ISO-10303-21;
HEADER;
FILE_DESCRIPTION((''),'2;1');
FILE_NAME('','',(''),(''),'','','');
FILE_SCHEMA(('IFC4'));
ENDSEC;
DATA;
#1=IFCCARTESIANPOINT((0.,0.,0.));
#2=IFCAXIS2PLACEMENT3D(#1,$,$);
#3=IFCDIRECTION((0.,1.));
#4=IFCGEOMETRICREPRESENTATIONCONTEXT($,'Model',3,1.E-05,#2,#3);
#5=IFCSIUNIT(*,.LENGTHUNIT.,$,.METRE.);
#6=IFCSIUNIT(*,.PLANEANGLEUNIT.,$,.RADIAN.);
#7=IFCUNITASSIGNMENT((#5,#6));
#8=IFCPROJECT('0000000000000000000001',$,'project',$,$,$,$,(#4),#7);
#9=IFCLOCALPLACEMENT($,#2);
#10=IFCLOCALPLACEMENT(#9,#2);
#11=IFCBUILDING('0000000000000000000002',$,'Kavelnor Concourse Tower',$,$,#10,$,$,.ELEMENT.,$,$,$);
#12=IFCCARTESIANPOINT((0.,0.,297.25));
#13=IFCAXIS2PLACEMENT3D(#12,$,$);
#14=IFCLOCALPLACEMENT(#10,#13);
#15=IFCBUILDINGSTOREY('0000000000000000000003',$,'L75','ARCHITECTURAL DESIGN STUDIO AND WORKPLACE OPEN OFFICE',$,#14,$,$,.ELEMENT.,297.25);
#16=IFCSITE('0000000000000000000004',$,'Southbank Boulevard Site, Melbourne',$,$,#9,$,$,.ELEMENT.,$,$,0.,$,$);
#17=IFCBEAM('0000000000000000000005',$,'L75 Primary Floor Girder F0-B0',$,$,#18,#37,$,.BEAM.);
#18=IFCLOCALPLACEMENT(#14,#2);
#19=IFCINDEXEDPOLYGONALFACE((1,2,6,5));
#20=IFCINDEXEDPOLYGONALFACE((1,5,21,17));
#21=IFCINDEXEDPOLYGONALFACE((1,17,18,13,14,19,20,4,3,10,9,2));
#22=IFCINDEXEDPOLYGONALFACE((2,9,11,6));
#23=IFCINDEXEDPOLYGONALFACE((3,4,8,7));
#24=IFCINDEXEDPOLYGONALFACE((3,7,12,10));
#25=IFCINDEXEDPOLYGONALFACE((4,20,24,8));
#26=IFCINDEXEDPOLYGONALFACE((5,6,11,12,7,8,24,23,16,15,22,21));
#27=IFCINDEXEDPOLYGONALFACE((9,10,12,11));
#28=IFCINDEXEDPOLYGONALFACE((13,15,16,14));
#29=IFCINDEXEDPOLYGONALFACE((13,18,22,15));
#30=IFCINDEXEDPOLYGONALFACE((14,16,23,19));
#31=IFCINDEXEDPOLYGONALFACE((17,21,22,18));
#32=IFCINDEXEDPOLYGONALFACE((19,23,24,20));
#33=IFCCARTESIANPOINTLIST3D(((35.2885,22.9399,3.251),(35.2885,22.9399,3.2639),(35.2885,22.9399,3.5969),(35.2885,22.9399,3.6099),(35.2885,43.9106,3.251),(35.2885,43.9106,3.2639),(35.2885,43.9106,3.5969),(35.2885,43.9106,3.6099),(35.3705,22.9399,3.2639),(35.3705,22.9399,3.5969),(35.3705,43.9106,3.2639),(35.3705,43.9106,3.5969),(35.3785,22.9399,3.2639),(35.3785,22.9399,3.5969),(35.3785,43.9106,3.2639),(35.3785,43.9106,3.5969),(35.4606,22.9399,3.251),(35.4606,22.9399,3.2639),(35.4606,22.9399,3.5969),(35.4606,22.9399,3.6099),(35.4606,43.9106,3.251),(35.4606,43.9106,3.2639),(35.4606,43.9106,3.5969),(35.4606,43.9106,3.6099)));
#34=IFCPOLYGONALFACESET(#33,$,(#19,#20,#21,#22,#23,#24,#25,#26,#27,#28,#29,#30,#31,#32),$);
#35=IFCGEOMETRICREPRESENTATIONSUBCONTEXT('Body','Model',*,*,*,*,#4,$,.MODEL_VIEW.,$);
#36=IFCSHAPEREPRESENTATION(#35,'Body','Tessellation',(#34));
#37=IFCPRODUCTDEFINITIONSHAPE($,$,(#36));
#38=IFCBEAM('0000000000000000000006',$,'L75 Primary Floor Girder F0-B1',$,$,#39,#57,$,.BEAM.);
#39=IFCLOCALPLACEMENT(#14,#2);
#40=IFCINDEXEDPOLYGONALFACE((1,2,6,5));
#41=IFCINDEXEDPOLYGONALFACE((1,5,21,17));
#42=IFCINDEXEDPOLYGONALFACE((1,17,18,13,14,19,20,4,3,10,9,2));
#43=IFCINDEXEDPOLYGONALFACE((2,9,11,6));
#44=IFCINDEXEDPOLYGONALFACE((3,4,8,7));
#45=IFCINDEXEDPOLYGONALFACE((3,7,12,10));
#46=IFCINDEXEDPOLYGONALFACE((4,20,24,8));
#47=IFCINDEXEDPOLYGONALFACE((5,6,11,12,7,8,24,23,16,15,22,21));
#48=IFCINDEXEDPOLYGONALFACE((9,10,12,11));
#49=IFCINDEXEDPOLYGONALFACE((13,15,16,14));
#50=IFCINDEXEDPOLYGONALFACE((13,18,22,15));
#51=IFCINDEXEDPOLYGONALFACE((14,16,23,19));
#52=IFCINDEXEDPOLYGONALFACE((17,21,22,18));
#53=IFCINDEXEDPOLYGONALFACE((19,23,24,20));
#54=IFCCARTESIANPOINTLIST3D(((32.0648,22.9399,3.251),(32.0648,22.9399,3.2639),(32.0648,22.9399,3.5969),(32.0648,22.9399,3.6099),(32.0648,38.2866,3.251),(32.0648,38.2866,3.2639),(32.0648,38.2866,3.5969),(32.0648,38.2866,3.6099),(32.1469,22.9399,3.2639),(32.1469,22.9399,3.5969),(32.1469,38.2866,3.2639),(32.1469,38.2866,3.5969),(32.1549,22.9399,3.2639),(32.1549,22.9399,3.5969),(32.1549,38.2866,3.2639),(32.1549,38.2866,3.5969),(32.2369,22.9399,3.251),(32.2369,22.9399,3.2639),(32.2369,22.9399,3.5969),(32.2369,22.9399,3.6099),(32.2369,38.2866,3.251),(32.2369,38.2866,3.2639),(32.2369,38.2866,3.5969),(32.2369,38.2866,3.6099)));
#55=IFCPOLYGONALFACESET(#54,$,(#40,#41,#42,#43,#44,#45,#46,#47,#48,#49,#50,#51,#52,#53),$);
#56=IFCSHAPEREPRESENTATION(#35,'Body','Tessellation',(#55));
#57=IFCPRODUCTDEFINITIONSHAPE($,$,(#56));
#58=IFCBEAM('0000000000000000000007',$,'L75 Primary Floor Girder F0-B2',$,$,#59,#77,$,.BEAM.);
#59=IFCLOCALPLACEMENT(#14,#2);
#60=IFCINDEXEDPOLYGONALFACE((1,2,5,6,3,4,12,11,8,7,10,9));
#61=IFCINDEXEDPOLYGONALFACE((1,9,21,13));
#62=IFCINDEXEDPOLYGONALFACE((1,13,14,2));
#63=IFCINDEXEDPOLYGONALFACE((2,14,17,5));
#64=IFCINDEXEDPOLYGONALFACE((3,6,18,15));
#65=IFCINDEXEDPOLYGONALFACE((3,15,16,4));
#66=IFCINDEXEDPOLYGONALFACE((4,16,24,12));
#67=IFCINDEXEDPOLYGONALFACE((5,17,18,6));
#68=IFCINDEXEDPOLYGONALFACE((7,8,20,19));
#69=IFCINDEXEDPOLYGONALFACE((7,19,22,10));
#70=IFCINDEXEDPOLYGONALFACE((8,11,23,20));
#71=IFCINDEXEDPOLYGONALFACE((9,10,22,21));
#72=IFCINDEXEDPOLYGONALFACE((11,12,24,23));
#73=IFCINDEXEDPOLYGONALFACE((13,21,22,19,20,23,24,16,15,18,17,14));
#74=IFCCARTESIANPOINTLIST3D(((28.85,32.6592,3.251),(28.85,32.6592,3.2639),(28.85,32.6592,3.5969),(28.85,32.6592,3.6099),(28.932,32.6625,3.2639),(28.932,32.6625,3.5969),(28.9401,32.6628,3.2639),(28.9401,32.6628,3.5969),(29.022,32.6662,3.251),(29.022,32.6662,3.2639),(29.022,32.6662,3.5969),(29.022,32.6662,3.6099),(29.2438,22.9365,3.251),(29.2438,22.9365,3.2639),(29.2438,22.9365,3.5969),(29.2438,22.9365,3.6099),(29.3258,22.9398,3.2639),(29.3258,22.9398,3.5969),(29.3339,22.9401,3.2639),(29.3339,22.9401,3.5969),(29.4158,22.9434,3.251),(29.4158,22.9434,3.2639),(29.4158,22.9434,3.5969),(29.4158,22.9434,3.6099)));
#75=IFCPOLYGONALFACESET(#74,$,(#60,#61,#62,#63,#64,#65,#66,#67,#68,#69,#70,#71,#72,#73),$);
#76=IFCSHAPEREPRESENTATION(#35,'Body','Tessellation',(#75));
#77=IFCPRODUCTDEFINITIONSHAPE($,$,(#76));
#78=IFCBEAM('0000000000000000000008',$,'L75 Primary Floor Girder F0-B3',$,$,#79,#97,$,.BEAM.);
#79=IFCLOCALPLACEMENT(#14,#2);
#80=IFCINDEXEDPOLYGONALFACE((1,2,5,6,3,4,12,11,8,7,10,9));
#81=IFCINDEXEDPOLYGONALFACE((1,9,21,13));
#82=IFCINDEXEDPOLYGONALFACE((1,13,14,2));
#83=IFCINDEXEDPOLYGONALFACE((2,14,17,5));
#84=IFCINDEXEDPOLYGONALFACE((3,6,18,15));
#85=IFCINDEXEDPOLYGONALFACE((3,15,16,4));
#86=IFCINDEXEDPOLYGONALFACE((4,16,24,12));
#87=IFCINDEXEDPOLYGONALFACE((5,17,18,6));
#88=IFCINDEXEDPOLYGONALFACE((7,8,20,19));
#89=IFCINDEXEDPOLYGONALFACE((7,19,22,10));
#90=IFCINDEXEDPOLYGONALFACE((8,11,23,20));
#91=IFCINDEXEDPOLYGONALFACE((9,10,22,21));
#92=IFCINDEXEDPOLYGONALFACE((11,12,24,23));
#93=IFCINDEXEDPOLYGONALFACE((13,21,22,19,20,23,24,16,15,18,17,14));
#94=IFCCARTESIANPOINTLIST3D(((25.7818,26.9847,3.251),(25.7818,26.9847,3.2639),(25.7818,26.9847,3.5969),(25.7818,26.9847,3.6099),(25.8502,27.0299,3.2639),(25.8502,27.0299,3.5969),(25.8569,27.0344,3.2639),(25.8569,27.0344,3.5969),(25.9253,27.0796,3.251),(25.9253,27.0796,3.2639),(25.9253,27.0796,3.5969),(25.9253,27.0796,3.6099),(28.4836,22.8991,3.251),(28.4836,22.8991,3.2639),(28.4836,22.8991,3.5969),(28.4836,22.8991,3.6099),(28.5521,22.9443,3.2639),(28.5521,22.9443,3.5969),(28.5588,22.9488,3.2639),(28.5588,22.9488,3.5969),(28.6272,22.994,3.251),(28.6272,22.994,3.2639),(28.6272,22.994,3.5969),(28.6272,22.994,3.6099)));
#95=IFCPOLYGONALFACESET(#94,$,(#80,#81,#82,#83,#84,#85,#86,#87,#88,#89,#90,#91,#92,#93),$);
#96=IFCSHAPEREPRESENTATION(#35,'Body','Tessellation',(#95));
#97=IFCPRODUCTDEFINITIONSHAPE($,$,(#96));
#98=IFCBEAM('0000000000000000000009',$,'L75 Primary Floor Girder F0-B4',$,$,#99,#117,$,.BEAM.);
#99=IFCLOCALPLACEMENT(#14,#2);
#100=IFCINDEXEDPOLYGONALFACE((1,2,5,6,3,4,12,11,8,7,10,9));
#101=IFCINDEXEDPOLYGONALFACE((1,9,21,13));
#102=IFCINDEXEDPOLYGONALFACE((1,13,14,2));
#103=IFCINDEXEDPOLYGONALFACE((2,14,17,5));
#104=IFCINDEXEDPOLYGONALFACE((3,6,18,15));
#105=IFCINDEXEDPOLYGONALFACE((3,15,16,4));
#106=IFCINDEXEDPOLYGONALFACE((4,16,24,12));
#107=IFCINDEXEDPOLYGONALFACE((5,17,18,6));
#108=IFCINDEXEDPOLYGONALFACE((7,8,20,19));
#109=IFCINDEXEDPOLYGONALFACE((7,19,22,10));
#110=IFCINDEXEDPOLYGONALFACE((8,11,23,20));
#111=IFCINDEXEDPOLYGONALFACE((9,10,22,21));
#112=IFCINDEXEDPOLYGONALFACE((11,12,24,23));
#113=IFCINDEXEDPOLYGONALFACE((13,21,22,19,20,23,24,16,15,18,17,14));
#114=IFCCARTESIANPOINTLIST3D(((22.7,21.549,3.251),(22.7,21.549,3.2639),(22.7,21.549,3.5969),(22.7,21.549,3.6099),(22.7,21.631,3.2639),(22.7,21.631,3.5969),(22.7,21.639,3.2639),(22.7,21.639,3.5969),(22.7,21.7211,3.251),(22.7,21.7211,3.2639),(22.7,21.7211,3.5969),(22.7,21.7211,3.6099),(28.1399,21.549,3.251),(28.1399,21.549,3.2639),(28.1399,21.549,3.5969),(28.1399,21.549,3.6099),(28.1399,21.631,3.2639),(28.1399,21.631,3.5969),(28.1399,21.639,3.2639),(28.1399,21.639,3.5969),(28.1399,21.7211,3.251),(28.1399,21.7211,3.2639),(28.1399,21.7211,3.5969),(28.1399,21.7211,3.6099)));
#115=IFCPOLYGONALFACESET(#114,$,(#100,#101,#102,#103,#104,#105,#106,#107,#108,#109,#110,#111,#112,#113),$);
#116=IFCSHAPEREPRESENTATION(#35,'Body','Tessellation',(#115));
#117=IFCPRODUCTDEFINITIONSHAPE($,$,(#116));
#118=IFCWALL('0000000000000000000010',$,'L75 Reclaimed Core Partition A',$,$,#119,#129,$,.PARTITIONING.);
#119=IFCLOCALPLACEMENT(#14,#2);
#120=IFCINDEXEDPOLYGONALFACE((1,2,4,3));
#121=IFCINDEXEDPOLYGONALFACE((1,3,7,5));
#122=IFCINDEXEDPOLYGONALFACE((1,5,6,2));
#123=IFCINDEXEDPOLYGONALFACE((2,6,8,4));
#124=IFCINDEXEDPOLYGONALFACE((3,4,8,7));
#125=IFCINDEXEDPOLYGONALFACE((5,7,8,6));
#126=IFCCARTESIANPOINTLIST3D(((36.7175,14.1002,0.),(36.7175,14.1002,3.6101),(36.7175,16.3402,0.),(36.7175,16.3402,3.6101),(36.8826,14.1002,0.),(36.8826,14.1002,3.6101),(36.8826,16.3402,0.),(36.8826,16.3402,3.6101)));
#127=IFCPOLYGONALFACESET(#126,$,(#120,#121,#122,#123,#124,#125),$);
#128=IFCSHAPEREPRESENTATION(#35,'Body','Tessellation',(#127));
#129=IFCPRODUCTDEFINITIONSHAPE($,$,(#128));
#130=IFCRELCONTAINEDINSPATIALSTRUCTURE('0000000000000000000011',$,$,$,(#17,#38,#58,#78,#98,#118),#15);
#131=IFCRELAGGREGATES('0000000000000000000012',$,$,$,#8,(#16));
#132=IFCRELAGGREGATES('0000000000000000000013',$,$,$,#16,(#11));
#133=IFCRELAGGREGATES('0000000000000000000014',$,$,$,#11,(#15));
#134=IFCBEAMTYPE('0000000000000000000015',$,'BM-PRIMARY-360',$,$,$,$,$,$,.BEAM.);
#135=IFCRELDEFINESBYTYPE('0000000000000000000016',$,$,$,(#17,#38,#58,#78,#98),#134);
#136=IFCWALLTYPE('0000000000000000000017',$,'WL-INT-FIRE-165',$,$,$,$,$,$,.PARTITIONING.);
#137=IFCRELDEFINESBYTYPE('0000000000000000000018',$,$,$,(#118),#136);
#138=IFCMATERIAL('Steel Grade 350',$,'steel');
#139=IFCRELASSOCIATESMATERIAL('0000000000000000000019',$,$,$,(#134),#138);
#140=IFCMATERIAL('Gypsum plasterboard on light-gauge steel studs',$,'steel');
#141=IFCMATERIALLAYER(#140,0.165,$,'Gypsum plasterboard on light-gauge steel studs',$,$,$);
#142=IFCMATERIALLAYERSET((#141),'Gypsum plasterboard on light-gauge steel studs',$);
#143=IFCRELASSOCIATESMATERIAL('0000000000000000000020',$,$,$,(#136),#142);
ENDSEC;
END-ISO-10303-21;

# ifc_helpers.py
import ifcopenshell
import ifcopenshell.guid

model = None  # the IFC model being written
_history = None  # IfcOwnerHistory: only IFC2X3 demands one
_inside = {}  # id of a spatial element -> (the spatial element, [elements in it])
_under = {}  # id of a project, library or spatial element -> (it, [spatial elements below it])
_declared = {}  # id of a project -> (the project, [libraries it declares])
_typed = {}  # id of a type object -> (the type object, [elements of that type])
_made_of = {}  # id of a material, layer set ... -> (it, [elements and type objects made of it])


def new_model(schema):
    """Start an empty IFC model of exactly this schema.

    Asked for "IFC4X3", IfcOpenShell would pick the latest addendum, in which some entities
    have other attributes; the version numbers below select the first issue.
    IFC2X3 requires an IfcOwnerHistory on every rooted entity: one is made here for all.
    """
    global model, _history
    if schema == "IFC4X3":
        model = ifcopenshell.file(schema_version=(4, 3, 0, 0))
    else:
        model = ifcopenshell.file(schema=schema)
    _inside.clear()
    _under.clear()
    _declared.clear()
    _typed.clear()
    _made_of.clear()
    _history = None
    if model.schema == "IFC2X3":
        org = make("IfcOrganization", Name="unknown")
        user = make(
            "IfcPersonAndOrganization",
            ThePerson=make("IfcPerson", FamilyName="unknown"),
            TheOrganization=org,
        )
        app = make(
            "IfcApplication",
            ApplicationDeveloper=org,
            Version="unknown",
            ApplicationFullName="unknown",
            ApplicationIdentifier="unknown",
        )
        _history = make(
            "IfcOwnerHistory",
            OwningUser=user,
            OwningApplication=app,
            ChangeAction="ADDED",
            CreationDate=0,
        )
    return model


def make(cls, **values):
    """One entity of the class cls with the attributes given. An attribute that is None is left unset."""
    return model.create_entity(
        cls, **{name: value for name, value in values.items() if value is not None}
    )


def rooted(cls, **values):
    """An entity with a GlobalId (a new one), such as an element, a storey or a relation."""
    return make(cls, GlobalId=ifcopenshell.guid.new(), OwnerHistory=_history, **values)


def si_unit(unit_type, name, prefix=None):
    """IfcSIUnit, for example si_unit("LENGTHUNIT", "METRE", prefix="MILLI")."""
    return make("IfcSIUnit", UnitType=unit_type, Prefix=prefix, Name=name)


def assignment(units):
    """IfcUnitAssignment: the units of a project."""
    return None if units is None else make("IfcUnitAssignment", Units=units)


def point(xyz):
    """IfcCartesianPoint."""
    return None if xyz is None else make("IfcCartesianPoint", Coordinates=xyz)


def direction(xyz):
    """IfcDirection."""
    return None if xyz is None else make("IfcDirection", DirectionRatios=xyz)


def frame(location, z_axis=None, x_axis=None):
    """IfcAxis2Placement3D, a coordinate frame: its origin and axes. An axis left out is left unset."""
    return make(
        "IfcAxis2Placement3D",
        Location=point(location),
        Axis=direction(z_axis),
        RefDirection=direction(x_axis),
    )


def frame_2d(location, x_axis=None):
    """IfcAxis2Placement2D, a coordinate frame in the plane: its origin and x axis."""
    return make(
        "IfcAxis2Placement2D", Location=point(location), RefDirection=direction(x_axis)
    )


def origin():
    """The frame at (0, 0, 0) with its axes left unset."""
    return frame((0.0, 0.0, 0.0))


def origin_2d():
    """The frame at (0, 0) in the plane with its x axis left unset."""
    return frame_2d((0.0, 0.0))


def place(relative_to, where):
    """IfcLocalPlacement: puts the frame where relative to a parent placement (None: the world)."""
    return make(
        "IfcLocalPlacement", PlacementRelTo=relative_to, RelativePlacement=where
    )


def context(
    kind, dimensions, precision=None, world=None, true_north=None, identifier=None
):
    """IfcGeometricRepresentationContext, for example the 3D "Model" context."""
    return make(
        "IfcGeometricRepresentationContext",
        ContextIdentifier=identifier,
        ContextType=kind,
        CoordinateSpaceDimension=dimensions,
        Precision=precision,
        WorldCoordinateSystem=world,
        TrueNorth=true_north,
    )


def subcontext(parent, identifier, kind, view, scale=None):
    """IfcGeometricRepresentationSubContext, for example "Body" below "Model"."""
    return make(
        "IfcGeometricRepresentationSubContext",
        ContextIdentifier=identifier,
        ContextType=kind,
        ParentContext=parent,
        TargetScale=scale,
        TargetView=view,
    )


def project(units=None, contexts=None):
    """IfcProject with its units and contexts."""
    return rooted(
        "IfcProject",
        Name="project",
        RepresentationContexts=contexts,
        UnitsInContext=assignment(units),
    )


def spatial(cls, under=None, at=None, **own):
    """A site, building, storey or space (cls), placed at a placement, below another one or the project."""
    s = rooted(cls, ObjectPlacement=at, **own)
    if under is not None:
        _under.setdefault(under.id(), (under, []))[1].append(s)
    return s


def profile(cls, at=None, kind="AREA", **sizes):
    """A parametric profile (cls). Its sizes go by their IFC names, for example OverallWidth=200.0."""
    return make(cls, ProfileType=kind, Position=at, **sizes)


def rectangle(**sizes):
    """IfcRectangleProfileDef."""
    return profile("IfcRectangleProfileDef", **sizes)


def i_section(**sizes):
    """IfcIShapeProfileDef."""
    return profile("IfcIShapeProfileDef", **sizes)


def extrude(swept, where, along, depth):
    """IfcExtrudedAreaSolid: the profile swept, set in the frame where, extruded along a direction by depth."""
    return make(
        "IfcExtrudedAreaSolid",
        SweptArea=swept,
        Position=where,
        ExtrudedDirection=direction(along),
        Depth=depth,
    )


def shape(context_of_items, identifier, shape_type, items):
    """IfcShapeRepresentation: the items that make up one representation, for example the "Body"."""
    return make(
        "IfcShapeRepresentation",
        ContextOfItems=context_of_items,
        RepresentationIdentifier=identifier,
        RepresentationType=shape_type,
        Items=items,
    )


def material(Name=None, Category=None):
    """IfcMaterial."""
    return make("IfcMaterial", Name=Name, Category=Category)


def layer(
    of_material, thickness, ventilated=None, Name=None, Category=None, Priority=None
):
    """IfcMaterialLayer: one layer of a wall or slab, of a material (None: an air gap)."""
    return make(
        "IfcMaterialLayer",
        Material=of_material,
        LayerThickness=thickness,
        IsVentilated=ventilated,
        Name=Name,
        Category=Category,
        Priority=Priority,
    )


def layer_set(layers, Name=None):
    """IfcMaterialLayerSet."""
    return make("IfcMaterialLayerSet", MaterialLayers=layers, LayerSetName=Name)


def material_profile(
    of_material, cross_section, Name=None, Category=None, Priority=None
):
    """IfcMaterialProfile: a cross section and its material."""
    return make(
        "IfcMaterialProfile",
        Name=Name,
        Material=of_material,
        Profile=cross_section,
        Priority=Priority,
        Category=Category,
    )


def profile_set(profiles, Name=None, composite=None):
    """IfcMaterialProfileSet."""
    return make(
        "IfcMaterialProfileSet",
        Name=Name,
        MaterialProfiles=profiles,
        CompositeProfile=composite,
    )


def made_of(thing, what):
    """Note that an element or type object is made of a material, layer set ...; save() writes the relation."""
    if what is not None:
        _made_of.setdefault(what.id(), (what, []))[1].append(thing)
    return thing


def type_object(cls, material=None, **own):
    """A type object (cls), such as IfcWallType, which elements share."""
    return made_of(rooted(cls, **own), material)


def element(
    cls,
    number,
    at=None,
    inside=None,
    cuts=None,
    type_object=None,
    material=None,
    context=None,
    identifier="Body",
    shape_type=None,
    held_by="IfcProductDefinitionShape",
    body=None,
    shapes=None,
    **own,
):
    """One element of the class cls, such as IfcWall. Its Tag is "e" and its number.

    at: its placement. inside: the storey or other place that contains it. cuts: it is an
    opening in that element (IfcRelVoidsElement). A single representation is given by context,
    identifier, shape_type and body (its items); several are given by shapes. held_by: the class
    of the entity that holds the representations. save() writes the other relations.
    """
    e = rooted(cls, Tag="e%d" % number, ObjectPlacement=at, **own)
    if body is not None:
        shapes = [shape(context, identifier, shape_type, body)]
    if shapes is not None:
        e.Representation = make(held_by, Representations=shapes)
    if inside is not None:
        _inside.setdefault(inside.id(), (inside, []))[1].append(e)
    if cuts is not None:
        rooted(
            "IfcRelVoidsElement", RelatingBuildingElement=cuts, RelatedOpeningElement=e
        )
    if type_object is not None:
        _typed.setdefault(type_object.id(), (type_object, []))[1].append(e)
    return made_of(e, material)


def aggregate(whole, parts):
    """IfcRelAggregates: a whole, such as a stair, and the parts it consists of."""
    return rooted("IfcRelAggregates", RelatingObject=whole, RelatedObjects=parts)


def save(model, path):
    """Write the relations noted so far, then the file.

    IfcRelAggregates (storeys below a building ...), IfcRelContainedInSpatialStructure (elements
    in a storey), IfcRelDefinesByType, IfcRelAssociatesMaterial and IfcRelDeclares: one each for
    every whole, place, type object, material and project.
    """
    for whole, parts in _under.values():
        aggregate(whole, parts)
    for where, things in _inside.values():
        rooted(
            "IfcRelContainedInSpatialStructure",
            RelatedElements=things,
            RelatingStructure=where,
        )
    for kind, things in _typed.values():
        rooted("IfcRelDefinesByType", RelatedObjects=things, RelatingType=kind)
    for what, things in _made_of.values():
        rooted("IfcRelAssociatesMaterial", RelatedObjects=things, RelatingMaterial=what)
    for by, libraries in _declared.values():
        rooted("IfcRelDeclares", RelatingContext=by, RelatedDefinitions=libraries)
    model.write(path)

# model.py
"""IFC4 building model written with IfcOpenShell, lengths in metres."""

from ifc_helpers import new_model, si_unit, direction, frame, frame_2d, origin, origin_2d, place, context, subcontext, project, spatial, rectangle, i_section, extrude, material, layer, layer_set, material_profile, profile_set, type_object, element, save


model = new_model("IFC4")

# Units and contexts
model_context = context("Model", 3, precision=1e-05, world=origin(), true_north=direction((0.0, 1.0)))
body_context = subcontext(model_context, "Body", "Model", "MODEL_VIEW")
ifc_project = project(units=[si_unit("LENGTHUNIT", "METRE"), si_unit("PLANEANGLEUNIT", "RADIAN")], contexts=[model_context])

# Site, building, storey
site_placement = place(None, origin())
site = spatial("IfcSite", under=ifc_project, at=site_placement, Name="Southbank Boulevard Site, Melbourne", CompositionType="ELEMENT", RefElevation=0.0)
building_placement = place(site_placement, origin())
building = spatial("IfcBuilding", under=site, at=building_placement, Name="Kavelnor Concourse Tower", CompositionType="ELEMENT")
storey_placement = place(building_placement, frame((0.0, 0.0, 297.25)))
storey = spatial("IfcBuildingStorey", under=building, at=storey_placement, Name="L75", Description="ARCHITECTURAL DESIGN STUDIO AND WORKPLACE OPEN OFFICE", CompositionType="ELEMENT", Elevation=297.25)

# Beams
ifc_material_1 = material(Name="Steel Grade 350", Category="steel")
ifc_material_profile = material_profile(ifc_material_1, i_section(OverallWidth=0.1721, OverallDepth=0.3589, WebThickness=0.0081, FlangeThickness=0.0129, at=origin_2d()), Name="360UB56")
ifc_profile_set = profile_set([ifc_material_profile], Name="Steel Grade 350")
beam_type = type_object("IfcBeamType", Name="BM-PRIMARY-360", PredefinedType="BEAM", material=ifc_profile_set)
beam_1_placement = place(storey_placement, frame((35.3745, 22.9399, 3.4304), z_axis=(0.0, 1.0, 0.0), x_axis=(-1.0, 0.0, 0.0)))
element("IfcBeam", 1, at=beam_1_placement, inside=storey, type_object=beam_type, Name="L75 Primary Floor Girder F0-B0", PredefinedType="BEAM", context=body_context, shape_type="SweptSolid", body=[
    extrude(i_section(OverallWidth=0.1721, OverallDepth=0.3589, WebThickness=0.0081, FlangeThickness=0.0129, at=origin_2d()), origin(), (0.0, 0.0, 1.0), 20.9707),
])
beam_2_placement = place(storey_placement, frame((32.1509, 22.9399, 3.4304), z_axis=(0.0, 1.0, 0.0), x_axis=(-1.0, 0.0, 0.0)))
element("IfcBeam", 2, at=beam_2_placement, inside=storey, type_object=beam_type, Name="L75 Primary Floor Girder F0-B1", PredefinedType="BEAM", context=body_context, shape_type="SweptSolid", body=[
    extrude(i_section(OverallWidth=0.1721, OverallDepth=0.3589, WebThickness=0.0081, FlangeThickness=0.0129, at=origin_2d()), origin(), (0.0, 0.0, 1.0), 15.3467),
])
beam_3_placement = place(storey_placement, frame((29.3298, 22.9399, 3.4304), z_axis=(-0.04047, 0.999181, 0.0), x_axis=(-0.999181, -0.04047, 0.0)))
element("IfcBeam", 3, at=beam_3_placement, inside=storey, type_object=beam_type, Name="L75 Primary Floor Girder F0-B2", PredefinedType="BEAM", context=body_context, shape_type="SweptSolid", body=[
    extrude(i_section(OverallWidth=0.1721, OverallDepth=0.3589, WebThickness=0.0081, FlangeThickness=0.0129, at=origin_2d()), origin(), (0.0, 0.0, 1.0), 9.7307),
])
beam_4_placement = place(storey_placement, frame((28.5554, 22.9465, 3.4304), z_axis=(-0.551602, 0.834107, 0.0), x_axis=(-0.834107, -0.551602, 0.0)))
element("IfcBeam", 4, at=beam_4_placement, inside=storey, type_object=beam_type, Name="L75 Primary Floor Girder F0-B3", PredefinedType="BEAM", context=body_context, shape_type="SweptSolid", body=[
    extrude(i_section(OverallWidth=0.1721, OverallDepth=0.3589, WebThickness=0.0081, FlangeThickness=0.0129, at=origin_2d()), origin(), (0.0, 0.0, 1.0), 4.8982),
])
beam_5_placement = place(storey_placement, frame((28.1399, 21.635, 3.4304), z_axis=(-1.0, 0.0, 0.0), x_axis=(0.0, -1.0, 0.0)))
element("IfcBeam", 5, at=beam_5_placement, inside=storey, type_object=beam_type, Name="L75 Primary Floor Girder F0-B4", PredefinedType="BEAM", context=body_context, shape_type="SweptSolid", body=[
    extrude(i_section(OverallWidth=0.1721, OverallDepth=0.3589, WebThickness=0.0081, FlangeThickness=0.0129, at=origin_2d()), origin(), (0.0, 0.0, 1.0), 5.4399),
])

# Wall
ifc_material_2 = material(Name="Gypsum plasterboard on light-gauge steel studs", Category="steel")
ifc_layer_1 = layer(ifc_material_2, 0.165, Name="Gypsum plasterboard on light-gauge steel studs")
ifc_layer_set_1 = layer_set([ifc_layer_1], Name="Gypsum plasterboard on light-gauge steel studs")
wall_type_1 = type_object("IfcWallType", Name="WL-INT-FIRE-165", PredefinedType="PARTITIONING", material=ifc_layer_set_1)
wall_1_placement = place(storey_placement, frame((36.8, 14.1001, 0.0), z_axis=(0.0, 0.0, 1.0), x_axis=(0.0, 1.0, 0.0)))
element("IfcWall", 6, at=wall_1_placement, inside=storey, type_object=wall_type_1, Name="L75 Reclaimed Core Partition A", PredefinedType="PARTITIONING", context=body_context, shape_type="SweptSolid", body=[
    extrude(rectangle(XDim=2.24, YDim=0.165, at=frame_2d((1.1201, 0.0))), origin(), (0.0, 0.0, 1.0), 3.6101),
])

save(model, "model.ifc")
